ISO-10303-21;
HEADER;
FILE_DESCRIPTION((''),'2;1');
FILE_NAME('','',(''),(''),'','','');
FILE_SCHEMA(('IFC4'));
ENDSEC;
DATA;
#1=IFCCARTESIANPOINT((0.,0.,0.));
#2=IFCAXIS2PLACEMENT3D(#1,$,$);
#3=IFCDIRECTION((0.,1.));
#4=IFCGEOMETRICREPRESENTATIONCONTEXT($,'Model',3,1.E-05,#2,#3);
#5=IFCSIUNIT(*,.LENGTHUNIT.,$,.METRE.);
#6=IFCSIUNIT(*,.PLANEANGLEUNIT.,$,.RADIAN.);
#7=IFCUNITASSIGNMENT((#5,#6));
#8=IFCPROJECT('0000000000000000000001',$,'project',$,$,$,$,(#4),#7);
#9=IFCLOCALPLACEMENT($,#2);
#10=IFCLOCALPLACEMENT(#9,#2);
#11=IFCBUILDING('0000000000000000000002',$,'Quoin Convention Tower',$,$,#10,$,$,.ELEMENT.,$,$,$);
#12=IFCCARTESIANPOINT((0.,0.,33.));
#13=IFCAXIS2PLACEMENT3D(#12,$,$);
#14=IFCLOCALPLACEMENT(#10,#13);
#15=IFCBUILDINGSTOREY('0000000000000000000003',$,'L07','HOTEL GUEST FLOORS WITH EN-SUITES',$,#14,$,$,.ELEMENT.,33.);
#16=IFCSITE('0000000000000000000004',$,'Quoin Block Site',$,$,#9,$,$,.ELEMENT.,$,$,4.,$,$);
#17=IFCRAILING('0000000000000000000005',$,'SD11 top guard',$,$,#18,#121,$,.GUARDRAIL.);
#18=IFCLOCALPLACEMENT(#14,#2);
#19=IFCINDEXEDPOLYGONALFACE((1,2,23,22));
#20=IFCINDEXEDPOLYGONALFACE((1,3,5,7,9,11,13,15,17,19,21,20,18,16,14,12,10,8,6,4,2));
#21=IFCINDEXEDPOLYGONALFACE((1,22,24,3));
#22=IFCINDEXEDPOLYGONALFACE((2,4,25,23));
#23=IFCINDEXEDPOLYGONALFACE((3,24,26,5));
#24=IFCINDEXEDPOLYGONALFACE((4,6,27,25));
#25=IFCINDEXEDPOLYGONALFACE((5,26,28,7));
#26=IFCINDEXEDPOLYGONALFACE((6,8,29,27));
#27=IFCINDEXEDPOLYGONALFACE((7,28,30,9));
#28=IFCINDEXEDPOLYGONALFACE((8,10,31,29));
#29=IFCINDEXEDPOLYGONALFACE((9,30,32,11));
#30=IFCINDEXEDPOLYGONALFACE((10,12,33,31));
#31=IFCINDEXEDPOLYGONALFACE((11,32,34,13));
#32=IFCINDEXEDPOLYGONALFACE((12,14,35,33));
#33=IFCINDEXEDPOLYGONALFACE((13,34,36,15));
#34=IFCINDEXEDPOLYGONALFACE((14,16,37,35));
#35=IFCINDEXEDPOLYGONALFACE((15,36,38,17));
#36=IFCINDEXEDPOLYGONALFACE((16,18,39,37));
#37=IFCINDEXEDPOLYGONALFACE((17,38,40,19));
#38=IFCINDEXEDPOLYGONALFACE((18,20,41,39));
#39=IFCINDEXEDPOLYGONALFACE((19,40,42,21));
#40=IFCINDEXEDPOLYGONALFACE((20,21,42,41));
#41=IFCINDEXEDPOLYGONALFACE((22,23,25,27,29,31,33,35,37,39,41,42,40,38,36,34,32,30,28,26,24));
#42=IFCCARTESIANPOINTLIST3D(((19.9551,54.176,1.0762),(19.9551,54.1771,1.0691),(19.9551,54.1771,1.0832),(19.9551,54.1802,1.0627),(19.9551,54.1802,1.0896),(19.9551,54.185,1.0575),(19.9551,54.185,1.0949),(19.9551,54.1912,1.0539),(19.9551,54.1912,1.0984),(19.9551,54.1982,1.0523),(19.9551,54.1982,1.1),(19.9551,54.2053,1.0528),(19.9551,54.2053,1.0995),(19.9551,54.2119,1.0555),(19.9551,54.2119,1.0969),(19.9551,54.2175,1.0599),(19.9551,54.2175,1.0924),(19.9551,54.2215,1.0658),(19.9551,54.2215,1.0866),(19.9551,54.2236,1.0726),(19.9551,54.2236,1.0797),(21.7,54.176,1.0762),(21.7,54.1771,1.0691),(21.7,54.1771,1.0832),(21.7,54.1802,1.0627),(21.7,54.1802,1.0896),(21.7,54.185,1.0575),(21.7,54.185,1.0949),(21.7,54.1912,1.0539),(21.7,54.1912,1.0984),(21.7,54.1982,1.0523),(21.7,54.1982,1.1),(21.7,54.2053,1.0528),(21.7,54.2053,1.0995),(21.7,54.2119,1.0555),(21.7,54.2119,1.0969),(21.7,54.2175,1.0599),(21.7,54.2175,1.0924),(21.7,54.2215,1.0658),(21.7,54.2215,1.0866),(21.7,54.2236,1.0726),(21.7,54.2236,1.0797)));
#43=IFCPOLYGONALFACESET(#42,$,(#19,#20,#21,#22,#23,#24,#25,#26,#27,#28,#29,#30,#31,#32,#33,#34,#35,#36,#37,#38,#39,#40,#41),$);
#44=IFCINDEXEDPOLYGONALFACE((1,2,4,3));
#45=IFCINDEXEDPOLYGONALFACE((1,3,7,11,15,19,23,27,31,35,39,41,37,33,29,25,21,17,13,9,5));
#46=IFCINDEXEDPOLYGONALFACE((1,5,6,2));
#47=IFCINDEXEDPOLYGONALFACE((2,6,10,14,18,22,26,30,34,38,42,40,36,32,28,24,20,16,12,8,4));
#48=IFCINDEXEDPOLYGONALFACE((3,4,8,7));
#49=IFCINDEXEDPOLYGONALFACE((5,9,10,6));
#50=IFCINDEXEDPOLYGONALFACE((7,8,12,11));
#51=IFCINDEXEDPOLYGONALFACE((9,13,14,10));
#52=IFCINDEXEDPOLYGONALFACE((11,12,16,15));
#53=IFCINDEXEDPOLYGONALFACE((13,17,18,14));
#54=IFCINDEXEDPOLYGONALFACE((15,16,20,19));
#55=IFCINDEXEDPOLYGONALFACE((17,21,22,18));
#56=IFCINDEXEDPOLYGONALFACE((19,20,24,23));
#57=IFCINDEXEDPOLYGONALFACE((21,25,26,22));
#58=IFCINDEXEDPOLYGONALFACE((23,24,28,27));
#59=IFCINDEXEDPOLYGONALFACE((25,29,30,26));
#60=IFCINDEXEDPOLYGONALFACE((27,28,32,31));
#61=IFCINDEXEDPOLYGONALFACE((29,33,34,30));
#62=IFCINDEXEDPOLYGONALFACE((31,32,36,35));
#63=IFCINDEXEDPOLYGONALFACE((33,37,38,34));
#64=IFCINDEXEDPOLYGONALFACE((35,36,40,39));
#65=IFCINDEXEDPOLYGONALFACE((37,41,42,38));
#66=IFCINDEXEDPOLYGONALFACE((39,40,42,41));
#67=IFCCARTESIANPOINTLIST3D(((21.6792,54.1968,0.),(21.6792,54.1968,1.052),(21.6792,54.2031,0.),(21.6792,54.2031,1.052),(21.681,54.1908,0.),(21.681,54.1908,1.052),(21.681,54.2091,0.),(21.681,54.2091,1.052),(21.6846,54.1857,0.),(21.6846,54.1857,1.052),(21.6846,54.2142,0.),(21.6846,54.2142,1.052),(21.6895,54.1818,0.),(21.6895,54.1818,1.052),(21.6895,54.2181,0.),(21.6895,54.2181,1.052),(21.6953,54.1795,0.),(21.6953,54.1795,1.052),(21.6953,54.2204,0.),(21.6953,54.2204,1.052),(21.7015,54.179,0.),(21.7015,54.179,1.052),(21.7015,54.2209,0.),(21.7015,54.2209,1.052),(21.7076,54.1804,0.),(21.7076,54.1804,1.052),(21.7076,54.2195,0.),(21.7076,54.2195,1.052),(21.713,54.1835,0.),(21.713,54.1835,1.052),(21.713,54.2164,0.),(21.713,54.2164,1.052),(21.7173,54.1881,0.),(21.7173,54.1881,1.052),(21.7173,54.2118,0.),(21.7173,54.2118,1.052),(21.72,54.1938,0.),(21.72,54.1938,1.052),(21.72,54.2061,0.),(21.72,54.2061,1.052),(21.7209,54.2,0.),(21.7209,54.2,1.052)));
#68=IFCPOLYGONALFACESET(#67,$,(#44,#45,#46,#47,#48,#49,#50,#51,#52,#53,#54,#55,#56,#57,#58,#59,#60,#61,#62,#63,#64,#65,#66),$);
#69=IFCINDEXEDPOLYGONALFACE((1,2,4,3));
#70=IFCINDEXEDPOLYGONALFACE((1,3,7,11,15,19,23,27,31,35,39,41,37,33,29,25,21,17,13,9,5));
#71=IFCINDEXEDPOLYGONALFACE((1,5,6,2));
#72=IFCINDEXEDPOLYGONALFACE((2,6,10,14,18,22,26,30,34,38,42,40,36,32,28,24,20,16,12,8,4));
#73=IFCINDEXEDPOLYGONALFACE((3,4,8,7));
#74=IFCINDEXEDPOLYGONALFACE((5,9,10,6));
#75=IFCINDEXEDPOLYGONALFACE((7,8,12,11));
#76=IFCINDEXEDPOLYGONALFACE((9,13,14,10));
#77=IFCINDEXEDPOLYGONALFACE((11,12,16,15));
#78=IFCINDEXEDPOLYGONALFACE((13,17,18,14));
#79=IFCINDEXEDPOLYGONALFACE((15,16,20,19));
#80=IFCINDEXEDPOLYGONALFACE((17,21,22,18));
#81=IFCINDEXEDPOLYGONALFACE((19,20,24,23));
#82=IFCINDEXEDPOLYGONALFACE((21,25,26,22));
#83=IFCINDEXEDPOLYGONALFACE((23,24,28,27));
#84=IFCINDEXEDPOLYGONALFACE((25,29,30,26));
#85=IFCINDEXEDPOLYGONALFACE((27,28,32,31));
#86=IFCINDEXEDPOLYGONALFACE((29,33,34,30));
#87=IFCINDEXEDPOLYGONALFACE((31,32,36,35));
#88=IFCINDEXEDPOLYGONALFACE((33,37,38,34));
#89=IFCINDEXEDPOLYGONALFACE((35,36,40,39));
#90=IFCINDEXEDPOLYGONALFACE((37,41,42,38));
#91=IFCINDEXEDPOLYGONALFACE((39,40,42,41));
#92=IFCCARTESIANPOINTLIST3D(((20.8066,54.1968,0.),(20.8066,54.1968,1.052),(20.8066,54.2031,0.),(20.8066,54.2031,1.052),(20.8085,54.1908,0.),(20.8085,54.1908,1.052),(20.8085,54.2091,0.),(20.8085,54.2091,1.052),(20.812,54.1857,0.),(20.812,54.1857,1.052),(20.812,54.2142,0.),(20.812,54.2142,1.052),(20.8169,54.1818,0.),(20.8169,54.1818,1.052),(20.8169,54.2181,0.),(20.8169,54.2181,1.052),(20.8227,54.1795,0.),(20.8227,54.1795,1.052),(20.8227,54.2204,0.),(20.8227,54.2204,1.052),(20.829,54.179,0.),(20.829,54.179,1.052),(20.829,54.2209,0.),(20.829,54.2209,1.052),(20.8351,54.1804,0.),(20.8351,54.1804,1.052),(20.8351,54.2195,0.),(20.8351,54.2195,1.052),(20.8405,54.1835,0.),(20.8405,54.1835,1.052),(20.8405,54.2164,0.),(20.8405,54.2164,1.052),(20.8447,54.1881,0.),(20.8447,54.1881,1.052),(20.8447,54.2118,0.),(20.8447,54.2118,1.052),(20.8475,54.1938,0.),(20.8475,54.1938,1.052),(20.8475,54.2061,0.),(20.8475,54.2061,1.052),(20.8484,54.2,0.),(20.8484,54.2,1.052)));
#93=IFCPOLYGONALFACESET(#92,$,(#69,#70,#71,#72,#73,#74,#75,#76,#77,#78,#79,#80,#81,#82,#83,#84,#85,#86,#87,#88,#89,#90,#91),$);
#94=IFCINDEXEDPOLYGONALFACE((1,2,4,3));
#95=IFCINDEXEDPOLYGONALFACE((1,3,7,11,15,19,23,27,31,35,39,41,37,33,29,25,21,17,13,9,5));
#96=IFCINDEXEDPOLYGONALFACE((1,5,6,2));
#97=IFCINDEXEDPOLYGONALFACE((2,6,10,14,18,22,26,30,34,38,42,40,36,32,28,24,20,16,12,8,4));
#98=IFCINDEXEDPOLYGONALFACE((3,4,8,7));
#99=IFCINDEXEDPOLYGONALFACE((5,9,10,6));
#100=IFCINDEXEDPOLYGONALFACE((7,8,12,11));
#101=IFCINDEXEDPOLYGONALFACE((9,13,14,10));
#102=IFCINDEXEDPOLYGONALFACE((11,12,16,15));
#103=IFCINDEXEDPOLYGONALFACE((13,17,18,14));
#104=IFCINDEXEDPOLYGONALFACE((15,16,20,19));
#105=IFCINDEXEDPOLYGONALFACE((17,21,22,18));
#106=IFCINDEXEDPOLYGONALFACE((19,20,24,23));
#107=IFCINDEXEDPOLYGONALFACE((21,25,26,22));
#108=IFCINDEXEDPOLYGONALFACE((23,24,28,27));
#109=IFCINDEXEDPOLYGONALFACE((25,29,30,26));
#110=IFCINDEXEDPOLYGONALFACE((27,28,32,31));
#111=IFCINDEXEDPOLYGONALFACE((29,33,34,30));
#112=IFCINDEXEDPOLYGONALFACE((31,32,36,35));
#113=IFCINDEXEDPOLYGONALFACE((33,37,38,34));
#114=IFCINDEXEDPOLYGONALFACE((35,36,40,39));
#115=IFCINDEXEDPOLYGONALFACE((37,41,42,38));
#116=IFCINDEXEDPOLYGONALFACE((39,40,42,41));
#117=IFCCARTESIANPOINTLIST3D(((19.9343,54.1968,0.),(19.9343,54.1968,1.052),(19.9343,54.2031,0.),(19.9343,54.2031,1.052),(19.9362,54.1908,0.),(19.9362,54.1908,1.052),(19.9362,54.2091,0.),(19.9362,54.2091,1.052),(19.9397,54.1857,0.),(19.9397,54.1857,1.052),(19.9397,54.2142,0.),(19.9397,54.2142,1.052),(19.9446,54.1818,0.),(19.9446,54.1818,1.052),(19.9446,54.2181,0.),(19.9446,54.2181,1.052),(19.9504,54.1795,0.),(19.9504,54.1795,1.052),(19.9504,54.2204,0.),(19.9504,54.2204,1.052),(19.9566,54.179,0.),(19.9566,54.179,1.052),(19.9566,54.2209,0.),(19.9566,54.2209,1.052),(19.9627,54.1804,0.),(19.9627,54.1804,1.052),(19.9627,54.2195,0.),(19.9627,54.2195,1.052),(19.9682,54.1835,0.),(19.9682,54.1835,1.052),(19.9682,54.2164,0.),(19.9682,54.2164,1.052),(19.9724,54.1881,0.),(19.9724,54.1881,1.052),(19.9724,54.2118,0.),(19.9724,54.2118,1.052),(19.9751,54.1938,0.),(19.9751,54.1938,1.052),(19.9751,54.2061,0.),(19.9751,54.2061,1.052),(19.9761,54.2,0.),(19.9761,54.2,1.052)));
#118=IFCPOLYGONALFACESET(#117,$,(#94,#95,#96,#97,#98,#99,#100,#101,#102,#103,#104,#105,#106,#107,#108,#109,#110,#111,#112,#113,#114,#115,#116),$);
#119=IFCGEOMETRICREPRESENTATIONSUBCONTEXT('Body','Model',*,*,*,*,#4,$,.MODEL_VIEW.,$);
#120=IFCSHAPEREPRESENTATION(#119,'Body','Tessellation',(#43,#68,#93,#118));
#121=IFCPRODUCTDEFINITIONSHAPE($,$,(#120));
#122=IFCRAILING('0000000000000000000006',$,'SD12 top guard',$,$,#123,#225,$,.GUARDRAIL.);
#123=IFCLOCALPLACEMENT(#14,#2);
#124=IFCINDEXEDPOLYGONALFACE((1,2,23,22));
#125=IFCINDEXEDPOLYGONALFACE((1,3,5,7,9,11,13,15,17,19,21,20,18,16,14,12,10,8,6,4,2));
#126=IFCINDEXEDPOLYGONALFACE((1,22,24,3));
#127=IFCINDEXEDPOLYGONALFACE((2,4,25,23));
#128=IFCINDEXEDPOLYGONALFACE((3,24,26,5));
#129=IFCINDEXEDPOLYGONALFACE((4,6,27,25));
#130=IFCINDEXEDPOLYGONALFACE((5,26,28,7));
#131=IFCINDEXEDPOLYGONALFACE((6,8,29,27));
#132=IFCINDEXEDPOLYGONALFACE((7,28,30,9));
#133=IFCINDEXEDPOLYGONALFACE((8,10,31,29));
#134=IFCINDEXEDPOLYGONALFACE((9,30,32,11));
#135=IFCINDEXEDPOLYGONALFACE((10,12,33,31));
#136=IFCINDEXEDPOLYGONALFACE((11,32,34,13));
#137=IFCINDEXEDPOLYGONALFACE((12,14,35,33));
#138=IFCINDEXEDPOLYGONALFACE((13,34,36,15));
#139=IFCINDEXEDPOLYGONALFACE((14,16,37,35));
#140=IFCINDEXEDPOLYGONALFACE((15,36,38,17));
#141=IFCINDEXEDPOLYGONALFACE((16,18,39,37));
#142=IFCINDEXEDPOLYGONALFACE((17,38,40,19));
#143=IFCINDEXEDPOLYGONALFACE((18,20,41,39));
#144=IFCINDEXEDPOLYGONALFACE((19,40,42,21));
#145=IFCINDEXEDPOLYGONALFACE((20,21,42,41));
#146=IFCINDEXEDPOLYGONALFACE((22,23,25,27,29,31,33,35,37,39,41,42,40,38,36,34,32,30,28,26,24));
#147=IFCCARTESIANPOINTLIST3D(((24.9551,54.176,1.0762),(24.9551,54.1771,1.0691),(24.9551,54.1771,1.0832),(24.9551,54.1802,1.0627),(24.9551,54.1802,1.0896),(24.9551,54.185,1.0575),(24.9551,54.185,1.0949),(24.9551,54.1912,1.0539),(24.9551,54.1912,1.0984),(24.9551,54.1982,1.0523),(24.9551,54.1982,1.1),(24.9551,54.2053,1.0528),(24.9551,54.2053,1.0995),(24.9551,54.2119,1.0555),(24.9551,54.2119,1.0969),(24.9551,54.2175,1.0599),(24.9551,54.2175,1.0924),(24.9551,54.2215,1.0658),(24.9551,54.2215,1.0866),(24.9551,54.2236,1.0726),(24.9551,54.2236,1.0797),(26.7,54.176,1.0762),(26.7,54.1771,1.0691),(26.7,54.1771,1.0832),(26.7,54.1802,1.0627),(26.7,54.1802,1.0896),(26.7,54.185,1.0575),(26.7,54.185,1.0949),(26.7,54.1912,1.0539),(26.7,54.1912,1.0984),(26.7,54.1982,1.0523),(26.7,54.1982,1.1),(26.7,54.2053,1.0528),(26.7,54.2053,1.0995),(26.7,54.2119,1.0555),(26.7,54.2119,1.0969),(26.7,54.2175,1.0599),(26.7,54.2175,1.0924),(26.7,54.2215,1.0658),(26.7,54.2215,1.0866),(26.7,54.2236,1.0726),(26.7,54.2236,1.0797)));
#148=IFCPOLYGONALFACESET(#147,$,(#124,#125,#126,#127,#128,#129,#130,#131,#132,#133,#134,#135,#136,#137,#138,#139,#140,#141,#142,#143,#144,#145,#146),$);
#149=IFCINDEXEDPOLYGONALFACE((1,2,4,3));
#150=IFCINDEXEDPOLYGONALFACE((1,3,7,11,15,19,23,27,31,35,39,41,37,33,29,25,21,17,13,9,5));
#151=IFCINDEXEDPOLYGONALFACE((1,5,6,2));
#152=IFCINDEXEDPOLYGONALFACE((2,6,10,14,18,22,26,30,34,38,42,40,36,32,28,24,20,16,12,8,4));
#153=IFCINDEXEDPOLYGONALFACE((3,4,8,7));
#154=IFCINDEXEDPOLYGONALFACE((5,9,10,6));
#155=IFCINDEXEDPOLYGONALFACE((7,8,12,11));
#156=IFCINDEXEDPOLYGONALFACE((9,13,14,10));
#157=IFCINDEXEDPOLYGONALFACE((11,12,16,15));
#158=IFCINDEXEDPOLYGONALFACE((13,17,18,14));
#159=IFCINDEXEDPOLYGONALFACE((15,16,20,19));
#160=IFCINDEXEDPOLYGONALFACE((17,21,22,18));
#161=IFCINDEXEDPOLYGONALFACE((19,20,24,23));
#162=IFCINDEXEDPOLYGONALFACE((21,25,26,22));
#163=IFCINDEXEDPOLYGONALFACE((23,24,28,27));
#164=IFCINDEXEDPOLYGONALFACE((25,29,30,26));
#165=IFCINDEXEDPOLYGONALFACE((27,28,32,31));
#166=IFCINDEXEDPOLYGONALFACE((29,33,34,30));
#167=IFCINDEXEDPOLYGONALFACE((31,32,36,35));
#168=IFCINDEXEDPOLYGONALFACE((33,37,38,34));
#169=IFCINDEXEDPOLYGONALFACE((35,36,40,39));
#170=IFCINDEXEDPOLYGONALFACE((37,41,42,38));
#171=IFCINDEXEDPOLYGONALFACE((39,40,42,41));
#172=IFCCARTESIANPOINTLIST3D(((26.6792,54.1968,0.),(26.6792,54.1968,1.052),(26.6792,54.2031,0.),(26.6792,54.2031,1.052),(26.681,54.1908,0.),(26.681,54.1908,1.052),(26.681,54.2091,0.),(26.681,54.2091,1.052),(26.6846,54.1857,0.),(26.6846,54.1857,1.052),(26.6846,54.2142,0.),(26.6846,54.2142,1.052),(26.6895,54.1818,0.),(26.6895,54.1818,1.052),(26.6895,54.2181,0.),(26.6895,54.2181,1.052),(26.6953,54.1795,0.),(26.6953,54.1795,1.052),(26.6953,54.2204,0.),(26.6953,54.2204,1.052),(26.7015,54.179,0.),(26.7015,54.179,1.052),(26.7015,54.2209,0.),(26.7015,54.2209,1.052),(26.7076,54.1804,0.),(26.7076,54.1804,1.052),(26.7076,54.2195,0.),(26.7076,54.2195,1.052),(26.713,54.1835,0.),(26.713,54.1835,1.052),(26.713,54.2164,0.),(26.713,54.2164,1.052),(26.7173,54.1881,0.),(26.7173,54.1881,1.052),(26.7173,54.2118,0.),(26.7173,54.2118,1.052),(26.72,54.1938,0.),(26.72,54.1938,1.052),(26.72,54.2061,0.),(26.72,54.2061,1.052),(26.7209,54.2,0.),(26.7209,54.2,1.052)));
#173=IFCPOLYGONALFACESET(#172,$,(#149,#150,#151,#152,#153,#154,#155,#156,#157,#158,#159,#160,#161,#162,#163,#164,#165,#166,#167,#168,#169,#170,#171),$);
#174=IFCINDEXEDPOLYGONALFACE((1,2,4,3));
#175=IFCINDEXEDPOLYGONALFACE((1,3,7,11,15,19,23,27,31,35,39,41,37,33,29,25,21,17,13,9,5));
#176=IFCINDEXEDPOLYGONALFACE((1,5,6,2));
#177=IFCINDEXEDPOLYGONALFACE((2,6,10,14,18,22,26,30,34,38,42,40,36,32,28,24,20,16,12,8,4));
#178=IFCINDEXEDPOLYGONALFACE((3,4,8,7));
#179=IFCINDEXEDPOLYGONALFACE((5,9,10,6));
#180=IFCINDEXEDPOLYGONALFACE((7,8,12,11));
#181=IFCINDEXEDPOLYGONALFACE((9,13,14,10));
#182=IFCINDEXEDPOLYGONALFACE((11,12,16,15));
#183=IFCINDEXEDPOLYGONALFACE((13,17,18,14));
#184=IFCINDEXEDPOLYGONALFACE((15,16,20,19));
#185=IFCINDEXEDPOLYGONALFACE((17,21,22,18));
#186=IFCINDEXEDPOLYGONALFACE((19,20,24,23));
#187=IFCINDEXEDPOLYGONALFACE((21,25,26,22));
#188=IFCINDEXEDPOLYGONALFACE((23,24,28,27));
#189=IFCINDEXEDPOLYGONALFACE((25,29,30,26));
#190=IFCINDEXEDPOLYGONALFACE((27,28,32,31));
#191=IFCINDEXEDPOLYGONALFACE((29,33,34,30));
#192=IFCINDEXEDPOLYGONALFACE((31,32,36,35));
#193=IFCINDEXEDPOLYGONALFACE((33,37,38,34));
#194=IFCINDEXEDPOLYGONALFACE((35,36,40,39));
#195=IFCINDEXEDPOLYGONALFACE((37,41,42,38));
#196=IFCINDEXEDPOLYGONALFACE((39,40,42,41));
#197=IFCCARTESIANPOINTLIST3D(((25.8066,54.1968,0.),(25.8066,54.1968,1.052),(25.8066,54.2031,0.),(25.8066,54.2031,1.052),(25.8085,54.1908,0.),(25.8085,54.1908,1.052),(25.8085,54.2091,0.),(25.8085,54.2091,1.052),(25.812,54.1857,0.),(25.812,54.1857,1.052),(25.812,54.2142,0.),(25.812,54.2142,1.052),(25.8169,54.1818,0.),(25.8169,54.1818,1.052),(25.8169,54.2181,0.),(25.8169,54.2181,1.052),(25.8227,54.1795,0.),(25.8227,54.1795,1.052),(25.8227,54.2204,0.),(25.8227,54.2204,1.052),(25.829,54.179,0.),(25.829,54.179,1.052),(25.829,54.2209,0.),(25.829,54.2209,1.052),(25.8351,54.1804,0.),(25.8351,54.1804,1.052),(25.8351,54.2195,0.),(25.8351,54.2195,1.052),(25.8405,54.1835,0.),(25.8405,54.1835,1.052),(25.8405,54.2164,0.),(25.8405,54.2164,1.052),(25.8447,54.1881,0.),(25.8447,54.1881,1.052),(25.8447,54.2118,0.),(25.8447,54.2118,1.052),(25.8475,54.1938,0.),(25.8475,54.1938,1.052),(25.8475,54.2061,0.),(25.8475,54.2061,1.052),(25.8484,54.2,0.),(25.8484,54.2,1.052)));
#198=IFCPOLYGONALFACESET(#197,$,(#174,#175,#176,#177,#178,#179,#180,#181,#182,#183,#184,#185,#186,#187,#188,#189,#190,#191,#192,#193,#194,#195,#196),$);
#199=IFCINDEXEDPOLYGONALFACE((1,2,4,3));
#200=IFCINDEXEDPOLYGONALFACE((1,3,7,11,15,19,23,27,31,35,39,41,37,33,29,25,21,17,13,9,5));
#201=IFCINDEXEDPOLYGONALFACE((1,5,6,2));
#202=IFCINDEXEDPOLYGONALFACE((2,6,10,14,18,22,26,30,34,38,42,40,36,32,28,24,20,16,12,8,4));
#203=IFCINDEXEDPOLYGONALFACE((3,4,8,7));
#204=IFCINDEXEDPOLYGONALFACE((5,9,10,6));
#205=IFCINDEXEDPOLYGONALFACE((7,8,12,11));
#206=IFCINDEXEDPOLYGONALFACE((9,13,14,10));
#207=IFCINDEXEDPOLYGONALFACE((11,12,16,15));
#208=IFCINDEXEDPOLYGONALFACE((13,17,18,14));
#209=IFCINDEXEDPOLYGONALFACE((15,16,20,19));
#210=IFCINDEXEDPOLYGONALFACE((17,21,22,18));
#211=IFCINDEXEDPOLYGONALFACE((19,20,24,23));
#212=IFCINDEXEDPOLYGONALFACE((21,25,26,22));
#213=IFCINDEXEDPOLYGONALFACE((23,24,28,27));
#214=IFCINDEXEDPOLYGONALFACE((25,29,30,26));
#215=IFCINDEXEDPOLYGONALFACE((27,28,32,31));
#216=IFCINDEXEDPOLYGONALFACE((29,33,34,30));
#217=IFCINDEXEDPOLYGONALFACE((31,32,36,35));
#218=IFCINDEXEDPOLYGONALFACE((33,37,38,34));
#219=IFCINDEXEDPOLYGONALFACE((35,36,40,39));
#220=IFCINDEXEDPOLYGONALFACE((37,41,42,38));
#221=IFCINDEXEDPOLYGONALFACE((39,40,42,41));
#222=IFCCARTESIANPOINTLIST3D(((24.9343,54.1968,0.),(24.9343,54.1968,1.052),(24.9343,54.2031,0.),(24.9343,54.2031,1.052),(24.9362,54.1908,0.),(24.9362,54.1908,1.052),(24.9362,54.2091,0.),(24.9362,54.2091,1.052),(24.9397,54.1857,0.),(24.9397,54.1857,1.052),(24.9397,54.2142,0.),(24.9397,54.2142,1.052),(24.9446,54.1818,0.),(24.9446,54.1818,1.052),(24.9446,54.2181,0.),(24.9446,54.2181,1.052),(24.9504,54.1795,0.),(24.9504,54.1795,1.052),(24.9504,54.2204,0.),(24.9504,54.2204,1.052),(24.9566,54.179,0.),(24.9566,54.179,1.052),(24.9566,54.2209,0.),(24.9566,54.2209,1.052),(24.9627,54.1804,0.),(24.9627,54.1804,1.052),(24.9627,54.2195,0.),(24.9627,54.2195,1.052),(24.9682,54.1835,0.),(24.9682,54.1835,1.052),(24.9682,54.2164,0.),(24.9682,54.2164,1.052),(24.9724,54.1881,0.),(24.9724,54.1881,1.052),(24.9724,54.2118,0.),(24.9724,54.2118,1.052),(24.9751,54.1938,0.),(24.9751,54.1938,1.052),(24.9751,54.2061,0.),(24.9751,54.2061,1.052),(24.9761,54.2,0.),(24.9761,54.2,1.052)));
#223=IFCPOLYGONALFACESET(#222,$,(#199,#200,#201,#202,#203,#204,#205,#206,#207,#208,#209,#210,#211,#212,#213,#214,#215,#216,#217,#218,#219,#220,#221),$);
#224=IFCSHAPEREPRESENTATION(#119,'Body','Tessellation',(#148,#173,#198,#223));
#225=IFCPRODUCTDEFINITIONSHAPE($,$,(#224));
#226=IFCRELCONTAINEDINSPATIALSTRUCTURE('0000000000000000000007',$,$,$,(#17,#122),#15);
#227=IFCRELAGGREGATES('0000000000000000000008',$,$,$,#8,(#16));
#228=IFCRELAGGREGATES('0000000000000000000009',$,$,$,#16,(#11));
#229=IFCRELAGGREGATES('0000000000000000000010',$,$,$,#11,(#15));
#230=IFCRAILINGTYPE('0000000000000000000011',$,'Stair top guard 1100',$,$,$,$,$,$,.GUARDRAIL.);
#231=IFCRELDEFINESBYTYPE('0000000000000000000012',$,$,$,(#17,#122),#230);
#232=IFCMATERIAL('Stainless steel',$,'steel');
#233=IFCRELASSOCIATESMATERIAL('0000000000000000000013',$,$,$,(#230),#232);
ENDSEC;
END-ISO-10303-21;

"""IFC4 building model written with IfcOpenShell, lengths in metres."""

from ifc_helpers import new_model, si_unit, direction, frame, origin, origin_2d, place, context, subcontext, project, spatial, circle, extrude, material, type_object, element, save


model = new_model("IFC4")

# Units and contexts
model_context = context("Model", 3, precision=1e-05, world=origin(), true_north=direction((0.0, 1.0)))
body_context = subcontext(model_context, "Body", "Model", "MODEL_VIEW")
ifc_project = project(units=[si_unit("LENGTHUNIT", "METRE"), si_unit("PLANEANGLEUNIT", "RADIAN")], contexts=[model_context])

# Site, building, storey
site_placement = place(None, origin())
site = spatial("IfcSite", under=ifc_project, at=site_placement, Name="Quoin Block Site", CompositionType="ELEMENT", RefElevation=4.0)
building_placement = place(site_placement, origin())
building = spatial("IfcBuilding", under=site, at=building_placement, Name="Quoin Convention Tower", CompositionType="ELEMENT")
storey_placement = place(building_placement, frame((0.0, 0.0, 33.0)))
storey = spatial("IfcBuildingStorey", under=building, at=storey_placement, Name="L07", Description="HOTEL GUEST FLOORS WITH EN-SUITES", CompositionType="ELEMENT", Elevation=33.0)

# Railings
ifc_material_1 = material(Name="Stainless steel", Category="steel")
railing_type_1 = type_object("IfcRailingType", Name="Stair top guard 1100", PredefinedType="GUARDRAIL", material=ifc_material_1)
for number, where, name in (
    (1, (21.7, 54.2, 0.0), "SD11 top guard"),
    (2, (26.7, 54.2, 0.0), "SD12 top guard"),
):
    element("IfcRailing", number, at=place(storey_placement, frame(where)), inside=storey, type_object=railing_type_1, Name=name, PredefinedType="GUARDRAIL", context=body_context, shape_type="SweptSolid", body=[
        extrude(circle(Radius=0.0239, at=origin_2d()), frame((0.0, 0.0, 1.0762), z_axis=(-1.0, 0.0, 0.0), x_axis=(0.0, -1.0, 0.0)), (0.0, 0.0, 1.0), 1.7449),
        extrude(circle(Radius=0.021, at=origin_2d()), origin(), (0.0, 0.0, 1.0), 1.052),
        extrude(circle(Radius=0.021, at=origin_2d()), frame((-0.8726, 0.0, 0.0)), (0.0, 0.0, 1.0), 1.052),
        extrude(circle(Radius=0.021, at=origin_2d()), frame((-1.7449, 0.0, 0.0)), (0.0, 0.0, 1.0), 1.052),
    ])

save(model, "model.ifc")
